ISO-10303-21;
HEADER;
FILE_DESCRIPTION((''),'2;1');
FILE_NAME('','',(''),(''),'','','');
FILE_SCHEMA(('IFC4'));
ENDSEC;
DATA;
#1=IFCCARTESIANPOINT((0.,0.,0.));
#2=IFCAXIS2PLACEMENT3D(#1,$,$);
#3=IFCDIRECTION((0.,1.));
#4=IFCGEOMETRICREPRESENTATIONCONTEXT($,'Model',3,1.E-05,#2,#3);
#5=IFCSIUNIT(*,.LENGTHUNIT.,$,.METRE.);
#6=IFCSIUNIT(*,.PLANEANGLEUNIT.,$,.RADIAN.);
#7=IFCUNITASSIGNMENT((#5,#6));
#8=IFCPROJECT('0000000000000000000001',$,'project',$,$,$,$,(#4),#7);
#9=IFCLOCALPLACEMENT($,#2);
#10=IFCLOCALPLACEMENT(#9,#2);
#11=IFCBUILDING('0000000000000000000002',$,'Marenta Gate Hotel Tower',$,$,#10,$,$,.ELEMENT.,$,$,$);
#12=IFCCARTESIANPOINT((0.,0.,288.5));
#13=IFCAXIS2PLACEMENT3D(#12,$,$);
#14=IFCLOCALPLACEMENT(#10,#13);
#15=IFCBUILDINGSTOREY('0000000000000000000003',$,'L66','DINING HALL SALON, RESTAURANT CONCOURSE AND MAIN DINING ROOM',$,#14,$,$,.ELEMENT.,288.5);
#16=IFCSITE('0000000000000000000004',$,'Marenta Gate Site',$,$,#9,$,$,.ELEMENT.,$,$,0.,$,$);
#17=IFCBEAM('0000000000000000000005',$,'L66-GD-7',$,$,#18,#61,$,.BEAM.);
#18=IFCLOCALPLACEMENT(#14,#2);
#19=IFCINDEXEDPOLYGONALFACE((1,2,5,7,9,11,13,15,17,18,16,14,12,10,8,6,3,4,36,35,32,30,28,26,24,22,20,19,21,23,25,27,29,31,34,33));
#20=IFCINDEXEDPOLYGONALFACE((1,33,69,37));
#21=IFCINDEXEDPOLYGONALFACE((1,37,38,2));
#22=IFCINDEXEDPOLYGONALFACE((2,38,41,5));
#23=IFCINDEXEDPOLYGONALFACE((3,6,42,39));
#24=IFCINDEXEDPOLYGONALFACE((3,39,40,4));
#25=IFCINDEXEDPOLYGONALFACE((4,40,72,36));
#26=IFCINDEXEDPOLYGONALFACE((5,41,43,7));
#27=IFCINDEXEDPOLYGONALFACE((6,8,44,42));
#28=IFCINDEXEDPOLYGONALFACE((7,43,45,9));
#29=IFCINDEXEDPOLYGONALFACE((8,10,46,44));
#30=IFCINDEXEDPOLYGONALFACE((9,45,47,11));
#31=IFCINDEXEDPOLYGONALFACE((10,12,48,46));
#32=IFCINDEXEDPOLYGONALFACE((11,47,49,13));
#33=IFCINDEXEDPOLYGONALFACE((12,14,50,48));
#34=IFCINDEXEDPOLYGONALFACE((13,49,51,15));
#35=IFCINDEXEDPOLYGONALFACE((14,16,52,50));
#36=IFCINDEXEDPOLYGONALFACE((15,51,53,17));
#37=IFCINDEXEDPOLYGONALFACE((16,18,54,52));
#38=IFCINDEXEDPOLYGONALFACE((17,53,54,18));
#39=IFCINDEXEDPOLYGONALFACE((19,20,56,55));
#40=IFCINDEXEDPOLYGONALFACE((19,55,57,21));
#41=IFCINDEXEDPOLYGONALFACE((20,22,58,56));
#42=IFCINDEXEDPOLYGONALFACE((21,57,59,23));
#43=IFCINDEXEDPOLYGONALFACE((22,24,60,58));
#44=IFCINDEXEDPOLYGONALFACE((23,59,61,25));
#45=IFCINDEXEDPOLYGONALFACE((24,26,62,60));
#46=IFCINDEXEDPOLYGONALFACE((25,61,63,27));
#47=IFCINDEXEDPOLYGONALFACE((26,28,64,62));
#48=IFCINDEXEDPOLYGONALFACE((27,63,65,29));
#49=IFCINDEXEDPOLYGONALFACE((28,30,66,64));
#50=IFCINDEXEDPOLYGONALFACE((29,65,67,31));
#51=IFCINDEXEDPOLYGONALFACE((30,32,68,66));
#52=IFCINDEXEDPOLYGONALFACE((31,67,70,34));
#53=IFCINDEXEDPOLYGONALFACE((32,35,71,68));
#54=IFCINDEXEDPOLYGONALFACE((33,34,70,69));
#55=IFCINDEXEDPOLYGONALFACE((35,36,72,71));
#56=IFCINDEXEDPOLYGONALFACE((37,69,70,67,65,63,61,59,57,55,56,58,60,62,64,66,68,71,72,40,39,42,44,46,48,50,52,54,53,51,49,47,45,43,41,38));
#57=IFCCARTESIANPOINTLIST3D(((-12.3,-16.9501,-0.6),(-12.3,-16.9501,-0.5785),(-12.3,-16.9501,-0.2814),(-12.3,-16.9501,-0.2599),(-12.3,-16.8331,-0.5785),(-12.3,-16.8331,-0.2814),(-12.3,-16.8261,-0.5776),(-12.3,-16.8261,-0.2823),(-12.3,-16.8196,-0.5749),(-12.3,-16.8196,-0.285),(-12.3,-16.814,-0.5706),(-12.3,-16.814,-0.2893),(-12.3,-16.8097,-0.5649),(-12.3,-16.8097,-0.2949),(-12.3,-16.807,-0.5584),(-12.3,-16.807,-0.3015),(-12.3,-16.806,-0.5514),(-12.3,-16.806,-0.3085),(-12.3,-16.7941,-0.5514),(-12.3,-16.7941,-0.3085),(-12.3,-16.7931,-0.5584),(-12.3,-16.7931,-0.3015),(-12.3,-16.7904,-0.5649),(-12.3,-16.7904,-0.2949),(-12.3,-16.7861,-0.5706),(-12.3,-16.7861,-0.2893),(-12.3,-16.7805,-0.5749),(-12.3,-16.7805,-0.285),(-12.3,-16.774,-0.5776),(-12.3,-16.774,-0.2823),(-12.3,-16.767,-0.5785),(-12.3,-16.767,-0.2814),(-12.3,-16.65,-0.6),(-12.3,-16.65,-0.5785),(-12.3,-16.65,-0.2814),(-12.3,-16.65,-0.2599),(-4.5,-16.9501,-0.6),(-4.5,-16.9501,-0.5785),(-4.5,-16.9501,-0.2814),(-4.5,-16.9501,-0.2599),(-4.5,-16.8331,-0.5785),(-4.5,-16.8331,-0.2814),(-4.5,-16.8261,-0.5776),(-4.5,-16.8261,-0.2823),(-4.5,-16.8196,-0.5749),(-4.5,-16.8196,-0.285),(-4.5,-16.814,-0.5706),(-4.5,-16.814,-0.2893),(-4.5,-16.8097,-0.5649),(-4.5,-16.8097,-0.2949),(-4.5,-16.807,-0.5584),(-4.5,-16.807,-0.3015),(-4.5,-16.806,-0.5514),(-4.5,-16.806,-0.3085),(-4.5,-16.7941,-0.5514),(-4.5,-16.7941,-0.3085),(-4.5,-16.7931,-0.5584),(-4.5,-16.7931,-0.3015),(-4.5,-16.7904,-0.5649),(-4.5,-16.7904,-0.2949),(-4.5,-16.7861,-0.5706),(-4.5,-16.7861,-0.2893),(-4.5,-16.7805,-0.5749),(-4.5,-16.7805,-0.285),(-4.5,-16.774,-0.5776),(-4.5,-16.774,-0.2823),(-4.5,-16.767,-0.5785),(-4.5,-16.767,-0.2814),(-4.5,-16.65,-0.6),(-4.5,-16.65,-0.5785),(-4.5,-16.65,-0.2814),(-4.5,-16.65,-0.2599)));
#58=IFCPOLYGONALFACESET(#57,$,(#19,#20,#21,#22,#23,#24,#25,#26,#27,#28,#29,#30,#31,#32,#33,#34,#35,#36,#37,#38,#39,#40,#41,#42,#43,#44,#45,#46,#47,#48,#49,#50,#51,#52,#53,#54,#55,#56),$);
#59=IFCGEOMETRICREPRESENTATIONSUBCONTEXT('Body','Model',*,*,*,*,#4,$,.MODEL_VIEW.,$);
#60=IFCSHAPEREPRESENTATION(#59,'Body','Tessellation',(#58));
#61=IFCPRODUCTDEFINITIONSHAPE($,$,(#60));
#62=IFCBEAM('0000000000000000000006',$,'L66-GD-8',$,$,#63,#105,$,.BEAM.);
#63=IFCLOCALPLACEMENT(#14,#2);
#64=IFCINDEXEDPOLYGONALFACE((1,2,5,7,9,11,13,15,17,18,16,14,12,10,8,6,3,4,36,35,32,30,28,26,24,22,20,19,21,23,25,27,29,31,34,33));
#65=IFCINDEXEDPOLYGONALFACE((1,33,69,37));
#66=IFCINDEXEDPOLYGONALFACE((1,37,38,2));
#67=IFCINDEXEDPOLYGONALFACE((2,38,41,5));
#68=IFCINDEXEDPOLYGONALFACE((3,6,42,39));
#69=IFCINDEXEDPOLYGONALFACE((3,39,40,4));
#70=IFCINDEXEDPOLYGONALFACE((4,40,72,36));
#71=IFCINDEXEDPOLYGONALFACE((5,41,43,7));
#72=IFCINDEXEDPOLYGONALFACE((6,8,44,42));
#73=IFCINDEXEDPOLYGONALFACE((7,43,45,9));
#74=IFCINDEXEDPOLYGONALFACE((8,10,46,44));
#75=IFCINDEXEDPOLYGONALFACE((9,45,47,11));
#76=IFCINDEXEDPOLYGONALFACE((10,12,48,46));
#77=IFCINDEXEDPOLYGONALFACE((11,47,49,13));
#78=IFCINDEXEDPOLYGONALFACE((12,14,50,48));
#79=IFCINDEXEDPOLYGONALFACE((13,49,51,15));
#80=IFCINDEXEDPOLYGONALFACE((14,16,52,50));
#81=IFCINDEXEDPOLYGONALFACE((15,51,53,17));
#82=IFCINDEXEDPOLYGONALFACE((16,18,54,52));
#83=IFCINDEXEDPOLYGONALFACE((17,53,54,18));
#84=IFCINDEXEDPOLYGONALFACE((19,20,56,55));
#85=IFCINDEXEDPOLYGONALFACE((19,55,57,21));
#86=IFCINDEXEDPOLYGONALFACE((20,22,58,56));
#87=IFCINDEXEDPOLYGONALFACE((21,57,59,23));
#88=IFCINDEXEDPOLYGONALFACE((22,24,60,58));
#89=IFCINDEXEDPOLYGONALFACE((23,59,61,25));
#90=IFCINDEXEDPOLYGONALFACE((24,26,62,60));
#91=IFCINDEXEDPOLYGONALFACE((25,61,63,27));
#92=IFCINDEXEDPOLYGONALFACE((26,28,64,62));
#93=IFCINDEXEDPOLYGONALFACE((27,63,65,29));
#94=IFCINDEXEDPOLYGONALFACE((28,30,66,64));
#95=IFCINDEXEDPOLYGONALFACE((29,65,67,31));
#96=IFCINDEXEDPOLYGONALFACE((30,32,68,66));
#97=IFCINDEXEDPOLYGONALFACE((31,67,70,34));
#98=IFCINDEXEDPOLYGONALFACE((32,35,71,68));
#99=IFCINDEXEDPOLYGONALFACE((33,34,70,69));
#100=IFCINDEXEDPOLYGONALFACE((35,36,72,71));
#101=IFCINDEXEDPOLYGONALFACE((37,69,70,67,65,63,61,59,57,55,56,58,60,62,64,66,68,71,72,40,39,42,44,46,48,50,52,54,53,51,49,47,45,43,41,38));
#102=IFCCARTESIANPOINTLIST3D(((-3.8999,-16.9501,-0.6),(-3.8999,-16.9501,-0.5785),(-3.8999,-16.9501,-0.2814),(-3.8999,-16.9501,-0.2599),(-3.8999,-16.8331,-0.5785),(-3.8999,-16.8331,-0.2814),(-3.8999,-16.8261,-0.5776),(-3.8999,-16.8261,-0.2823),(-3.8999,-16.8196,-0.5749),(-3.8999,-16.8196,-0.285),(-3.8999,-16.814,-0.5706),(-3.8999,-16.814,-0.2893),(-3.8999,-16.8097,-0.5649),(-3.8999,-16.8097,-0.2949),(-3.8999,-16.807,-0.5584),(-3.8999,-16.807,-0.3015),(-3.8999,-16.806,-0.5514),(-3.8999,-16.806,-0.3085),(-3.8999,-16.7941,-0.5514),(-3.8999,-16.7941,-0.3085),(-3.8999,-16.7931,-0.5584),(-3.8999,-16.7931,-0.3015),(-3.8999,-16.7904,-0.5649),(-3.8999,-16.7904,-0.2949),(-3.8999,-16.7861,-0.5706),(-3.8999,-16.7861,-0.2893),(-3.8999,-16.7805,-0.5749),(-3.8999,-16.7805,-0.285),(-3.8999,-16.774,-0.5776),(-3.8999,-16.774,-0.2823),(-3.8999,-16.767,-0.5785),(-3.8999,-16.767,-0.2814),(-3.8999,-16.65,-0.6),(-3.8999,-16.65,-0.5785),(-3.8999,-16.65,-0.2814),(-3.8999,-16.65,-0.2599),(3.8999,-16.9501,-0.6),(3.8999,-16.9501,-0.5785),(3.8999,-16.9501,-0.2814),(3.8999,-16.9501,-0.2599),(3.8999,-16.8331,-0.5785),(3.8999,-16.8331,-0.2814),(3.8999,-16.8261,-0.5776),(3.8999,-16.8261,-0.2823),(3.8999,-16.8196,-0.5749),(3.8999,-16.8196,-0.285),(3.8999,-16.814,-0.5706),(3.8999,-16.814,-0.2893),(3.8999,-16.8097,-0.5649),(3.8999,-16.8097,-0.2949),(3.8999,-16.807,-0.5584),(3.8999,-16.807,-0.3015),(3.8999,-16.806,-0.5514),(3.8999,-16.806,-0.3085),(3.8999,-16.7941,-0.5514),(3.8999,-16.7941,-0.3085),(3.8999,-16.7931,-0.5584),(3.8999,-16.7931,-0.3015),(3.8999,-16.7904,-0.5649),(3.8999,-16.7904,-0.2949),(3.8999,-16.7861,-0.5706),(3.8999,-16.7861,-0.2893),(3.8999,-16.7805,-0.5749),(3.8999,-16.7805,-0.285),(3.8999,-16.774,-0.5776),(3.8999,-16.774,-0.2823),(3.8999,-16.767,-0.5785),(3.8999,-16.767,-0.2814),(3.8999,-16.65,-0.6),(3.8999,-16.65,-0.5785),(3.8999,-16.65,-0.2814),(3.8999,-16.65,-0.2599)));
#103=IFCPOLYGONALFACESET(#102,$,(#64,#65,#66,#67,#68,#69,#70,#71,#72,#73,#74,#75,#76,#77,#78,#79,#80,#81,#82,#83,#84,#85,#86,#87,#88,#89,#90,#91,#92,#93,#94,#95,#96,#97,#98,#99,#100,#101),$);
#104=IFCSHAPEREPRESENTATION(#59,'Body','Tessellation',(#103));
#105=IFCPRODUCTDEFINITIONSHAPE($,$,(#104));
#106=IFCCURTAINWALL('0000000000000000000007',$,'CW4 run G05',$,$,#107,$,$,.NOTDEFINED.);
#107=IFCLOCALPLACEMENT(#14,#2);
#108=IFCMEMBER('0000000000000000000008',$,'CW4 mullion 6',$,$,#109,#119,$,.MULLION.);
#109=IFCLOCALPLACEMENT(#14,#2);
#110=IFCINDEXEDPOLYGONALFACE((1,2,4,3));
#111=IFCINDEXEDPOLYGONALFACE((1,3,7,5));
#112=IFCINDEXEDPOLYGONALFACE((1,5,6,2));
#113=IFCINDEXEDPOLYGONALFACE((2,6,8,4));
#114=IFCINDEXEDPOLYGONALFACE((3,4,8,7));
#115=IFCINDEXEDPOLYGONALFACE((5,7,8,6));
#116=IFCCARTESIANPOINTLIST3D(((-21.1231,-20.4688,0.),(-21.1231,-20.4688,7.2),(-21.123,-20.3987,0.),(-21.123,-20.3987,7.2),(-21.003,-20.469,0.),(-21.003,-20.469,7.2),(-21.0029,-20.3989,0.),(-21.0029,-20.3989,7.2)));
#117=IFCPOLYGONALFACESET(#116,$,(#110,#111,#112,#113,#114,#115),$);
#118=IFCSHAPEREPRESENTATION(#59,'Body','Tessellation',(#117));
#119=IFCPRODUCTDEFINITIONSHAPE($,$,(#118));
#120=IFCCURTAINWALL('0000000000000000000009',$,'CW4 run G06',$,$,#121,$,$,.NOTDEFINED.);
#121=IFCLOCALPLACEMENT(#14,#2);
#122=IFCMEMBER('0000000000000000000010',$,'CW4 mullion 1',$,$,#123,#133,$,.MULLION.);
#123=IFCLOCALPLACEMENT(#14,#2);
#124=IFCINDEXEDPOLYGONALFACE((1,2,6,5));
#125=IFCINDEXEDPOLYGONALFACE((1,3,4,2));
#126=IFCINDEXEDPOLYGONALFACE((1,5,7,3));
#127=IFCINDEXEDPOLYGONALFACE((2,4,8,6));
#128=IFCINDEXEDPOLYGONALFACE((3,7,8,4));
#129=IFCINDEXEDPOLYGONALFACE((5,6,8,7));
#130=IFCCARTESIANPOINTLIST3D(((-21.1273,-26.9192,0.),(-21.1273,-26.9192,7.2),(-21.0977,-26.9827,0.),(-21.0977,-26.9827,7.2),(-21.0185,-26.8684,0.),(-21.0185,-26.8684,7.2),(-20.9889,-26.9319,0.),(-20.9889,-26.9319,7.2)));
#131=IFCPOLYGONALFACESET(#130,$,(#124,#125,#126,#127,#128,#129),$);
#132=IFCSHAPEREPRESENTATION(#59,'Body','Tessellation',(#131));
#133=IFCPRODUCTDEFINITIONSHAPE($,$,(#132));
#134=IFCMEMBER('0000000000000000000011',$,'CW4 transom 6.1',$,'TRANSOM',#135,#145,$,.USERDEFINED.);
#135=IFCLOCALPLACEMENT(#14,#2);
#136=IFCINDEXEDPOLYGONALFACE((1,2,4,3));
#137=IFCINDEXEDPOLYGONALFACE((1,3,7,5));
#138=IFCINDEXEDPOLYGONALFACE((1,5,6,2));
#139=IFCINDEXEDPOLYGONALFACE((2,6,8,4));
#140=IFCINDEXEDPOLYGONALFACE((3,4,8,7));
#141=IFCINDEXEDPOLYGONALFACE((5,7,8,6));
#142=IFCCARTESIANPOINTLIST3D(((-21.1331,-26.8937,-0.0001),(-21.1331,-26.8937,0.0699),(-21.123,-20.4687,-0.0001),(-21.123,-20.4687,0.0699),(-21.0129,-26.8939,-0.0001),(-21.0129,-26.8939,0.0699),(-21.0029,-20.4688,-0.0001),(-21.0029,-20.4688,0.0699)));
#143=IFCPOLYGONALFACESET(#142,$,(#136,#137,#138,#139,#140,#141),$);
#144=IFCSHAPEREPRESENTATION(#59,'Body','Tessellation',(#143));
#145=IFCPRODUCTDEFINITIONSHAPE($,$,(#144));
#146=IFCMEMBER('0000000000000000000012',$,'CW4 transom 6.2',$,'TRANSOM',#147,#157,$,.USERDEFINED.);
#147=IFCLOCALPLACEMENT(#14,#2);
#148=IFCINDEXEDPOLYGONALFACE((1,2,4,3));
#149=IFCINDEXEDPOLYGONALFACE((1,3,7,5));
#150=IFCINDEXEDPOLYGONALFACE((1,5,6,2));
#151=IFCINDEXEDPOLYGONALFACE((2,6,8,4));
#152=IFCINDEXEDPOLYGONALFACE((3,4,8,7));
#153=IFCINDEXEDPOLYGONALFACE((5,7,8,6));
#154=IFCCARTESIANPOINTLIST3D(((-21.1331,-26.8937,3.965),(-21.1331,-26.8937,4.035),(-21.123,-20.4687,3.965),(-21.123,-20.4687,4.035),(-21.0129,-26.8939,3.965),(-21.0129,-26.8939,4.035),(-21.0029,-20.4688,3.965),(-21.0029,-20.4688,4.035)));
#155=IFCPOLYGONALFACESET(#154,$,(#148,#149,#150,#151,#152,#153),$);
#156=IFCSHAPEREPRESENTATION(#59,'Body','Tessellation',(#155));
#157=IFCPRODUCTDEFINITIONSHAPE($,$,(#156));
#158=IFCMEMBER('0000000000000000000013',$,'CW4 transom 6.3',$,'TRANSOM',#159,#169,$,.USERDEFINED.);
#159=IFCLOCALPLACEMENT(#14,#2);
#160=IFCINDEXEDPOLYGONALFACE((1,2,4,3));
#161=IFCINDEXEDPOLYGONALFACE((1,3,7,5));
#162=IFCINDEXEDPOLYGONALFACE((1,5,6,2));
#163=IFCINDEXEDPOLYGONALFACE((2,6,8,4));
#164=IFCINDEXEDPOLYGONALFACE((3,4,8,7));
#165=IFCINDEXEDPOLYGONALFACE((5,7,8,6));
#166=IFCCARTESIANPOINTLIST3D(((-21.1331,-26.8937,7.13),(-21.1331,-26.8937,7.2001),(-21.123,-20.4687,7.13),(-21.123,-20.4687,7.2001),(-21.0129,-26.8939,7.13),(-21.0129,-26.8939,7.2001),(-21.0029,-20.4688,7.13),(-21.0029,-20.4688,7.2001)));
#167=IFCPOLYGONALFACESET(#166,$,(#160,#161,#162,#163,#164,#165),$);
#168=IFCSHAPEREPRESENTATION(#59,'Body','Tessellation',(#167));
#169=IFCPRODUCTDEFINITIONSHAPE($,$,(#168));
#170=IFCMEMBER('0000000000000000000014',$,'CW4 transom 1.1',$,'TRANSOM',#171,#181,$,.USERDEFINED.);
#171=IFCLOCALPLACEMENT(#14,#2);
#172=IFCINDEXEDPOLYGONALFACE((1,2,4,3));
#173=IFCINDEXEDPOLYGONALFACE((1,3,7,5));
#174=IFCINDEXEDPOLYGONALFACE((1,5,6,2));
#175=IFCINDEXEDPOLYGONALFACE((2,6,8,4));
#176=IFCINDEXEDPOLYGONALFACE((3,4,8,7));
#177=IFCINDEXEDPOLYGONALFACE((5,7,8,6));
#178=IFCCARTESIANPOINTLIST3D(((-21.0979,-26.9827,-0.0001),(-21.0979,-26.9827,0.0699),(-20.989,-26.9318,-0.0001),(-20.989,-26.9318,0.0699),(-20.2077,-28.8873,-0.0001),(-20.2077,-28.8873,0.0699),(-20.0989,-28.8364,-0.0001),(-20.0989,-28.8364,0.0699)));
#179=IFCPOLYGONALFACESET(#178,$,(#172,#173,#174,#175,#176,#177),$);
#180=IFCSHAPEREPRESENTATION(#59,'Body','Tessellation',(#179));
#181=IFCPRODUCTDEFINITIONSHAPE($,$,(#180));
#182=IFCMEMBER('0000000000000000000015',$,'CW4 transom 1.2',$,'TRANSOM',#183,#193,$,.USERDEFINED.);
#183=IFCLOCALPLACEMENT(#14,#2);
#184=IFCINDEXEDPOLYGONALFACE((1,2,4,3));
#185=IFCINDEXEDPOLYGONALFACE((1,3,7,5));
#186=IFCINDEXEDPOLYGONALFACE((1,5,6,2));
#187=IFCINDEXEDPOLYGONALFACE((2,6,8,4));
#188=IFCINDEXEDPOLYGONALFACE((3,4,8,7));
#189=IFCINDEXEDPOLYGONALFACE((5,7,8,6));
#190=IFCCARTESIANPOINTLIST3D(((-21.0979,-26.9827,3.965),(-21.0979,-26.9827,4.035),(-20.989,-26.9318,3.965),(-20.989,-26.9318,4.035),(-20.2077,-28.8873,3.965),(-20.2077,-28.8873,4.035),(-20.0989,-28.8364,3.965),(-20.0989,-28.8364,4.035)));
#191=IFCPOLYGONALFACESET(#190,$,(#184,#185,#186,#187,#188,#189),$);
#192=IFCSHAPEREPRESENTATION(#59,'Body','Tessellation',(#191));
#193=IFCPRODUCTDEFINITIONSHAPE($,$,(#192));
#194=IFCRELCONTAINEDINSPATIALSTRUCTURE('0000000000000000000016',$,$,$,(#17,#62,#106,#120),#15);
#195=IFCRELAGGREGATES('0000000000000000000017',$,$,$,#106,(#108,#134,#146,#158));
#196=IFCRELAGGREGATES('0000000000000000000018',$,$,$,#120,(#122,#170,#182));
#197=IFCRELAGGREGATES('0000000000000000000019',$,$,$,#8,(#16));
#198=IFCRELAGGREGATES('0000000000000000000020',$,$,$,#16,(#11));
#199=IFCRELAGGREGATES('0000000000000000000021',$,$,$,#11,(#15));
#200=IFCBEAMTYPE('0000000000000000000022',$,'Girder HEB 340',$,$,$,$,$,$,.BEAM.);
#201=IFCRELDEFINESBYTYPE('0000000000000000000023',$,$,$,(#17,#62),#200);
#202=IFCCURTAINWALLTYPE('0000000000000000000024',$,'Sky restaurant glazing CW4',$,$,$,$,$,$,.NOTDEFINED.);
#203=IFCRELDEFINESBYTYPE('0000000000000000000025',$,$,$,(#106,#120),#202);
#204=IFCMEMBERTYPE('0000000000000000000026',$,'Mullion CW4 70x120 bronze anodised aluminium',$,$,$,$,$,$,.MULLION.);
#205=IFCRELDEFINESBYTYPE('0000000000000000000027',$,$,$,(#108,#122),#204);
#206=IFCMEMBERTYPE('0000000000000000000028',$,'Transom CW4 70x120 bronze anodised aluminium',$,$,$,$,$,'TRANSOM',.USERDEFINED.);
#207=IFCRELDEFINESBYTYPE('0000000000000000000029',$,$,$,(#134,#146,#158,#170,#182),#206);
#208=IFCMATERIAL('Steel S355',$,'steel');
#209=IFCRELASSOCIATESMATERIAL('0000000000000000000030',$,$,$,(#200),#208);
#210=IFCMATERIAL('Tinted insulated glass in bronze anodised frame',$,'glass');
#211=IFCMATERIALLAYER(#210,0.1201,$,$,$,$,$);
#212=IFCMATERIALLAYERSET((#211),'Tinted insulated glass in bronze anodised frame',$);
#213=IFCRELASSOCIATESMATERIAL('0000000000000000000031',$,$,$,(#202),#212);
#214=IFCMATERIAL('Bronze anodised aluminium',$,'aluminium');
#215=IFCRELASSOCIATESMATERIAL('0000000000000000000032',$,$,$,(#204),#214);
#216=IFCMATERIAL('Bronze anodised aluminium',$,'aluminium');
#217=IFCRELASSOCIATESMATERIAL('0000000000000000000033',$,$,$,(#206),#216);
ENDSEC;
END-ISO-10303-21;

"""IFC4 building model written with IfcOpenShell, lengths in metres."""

from ifc_helpers import new_model, si_unit, direction, frame, origin, origin_2d, place, context, subcontext, project, spatial, rectangle, i_section, extrude, material, layer, layer_set, material_profile, profile_set, type_object, element, aggregate, save


model = new_model("IFC4")

# Units and contexts
model_context = context("Model", 3, precision=1e-05, world=origin(), true_north=direction((0.0, 1.0)))
body_context = subcontext(model_context, "Body", "Model", "MODEL_VIEW")
ifc_project = project(units=[si_unit("LENGTHUNIT", "METRE"), si_unit("PLANEANGLEUNIT", "RADIAN")], contexts=[model_context])

# Site, building, storey
site_placement = place(None, origin())
site = spatial("IfcSite", under=ifc_project, at=site_placement, Name="Marenta Gate Site", CompositionType="ELEMENT", RefElevation=0.0)
building_placement = place(site_placement, origin())
building = spatial("IfcBuilding", under=site, at=building_placement, Name="Marenta Gate Hotel Tower", CompositionType="ELEMENT")
storey_placement = place(building_placement, frame((0.0, 0.0, 288.5)))
storey = spatial("IfcBuildingStorey", under=building, at=storey_placement, Name="L66", Description="DINING HALL SALON, RESTAURANT CONCOURSE AND MAIN DINING ROOM", CompositionType="ELEMENT", Elevation=288.5)

# Beams
ifc_material_1 = material(Name="Steel S355", Category="steel")
ifc_material_profile_1 = material_profile(ifc_material_1, i_section(OverallWidth=0.3, OverallDepth=0.3401, WebThickness=0.012, FlangeThickness=0.0215, FilletRadius=0.0271, at=origin_2d()), Name="HEB 340")
ifc_profile_set_1 = profile_set([ifc_material_profile_1], Name="Steel S355")
beam_type_1 = type_object("IfcBeamType", Name="Girder HEB 340", PredefinedType="BEAM", material=ifc_profile_set_1)
beam_1_placement = place(storey_placement, frame((-12.3, -16.8, -0.4299), z_axis=(1.0, 0.0, 0.0), x_axis=(0.0, 1.0, 0.0)))
element("IfcBeam", 1, at=beam_1_placement, inside=storey, type_object=beam_type_1, Name="L66-GD-7", PredefinedType="BEAM", context=body_context, shape_type="SweptSolid", body=[
    extrude(i_section(OverallWidth=0.3, OverallDepth=0.3401, WebThickness=0.012, FlangeThickness=0.0215, FilletRadius=0.0271, at=origin_2d()), origin(), (0.0, 0.0, 1.0), 7.8),
])
beam_2_placement = place(storey_placement, frame((-3.8999, -16.8, -0.4299), z_axis=(1.0, 0.0, 0.0), x_axis=(0.0, 1.0, 0.0)))
element("IfcBeam", 2, at=beam_2_placement, inside=storey, type_object=beam_type_1, Name="L66-GD-8", PredefinedType="BEAM", context=body_context, shape_type="SweptSolid", body=[
    extrude(i_section(OverallWidth=0.3, OverallDepth=0.3401, WebThickness=0.012, FlangeThickness=0.0215, FilletRadius=0.0271, at=origin_2d()), origin(), (0.0, 0.0, 1.0), 7.7998),
])

# Curtain walls, members
ifc_material_2 = material(Name="Tinted insulated glass in bronze anodised frame", Category="glass")
ifc_layer_1 = layer(ifc_material_2, 0.1201)
ifc_layer_set_1 = layer_set([ifc_layer_1], Name="Tinted insulated glass in bronze anodised frame")
curtain_wall_type = type_object("IfcCurtainWallType", Name="Sky restaurant glazing CW4", PredefinedType="NOTDEFINED", material=ifc_layer_set_1)
curtain_wall_1_placement = place(storey_placement, origin())
curtain_wall_1 = element("IfcCurtainWall", 3, at=curtain_wall_1_placement, inside=storey, type_object=curtain_wall_type, Name="CW4 run G05", PredefinedType="NOTDEFINED")
ifc_material_3 = material(Name="Bronze anodised aluminium", Category="aluminium")
ifc_material_profile_2 = material_profile(ifc_material_3, rectangle(XDim=0.1201, YDim=0.0701, at=origin_2d()), Name="Mullion CW4 70x120 bronze anodised aluminium")
ifc_profile_set_2 = profile_set([ifc_material_profile_2], Name="Bronze anodised aluminium")
member_type_1 = type_object("IfcMemberType", Name="Mullion CW4 70x120 bronze anodised aluminium", PredefinedType="MULLION", material=ifc_profile_set_2)
member_1_placement = place(storey_placement, frame((-21.063, -20.4338, 0.0), z_axis=(0.0, 0.0, 1.0), x_axis=(0.999999, -0.001566, 0.0)))
member_1 = element("IfcMember", 4, at=member_1_placement, type_object=member_type_1, Name="CW4 mullion 6", PredefinedType="MULLION", context=body_context, shape_type="SweptSolid", body=[
    extrude(rectangle(XDim=0.1201, YDim=0.0701, at=origin_2d()), origin(), (0.0, 0.0, 1.0), 7.2),
])
curtain_wall_2_placement = place(storey_placement, origin())
curtain_wall_2 = element("IfcCurtainWall", 5, at=curtain_wall_2_placement, inside=storey, type_object=curtain_wall_type, Name="CW4 run G06", PredefinedType="NOTDEFINED")
member_2_placement = place(storey_placement, frame((-21.0581, -26.9255, 0.0), z_axis=(0.0, 0.0, 1.0), x_axis=(0.905971, 0.423339, 0.0)))
member_2 = element("IfcMember", 6, at=member_2_placement, type_object=member_type_1, Name="CW4 mullion 1", PredefinedType="MULLION", context=body_context, shape_type="SweptSolid", body=[
    extrude(rectangle(XDim=0.1201, YDim=0.0701, at=origin_2d()), origin(), (0.0, 0.0, 1.0), 7.2),
])

# Members
ifc_material_4 = material(Name="Bronze anodised aluminium", Category="aluminium")
ifc_material_profile_3 = material_profile(ifc_material_4, rectangle(XDim=0.1201, YDim=0.0701, at=origin_2d()), Name="Transom CW4 70x120 bronze anodised aluminium")
ifc_profile_set_3 = profile_set([ifc_material_profile_3], Name="Bronze anodised aluminium")
member_type_2 = type_object("IfcMemberType", Name="Transom CW4 70x120 bronze anodised aluminium", ElementType="TRANSOM", PredefinedType="USERDEFINED", material=ifc_profile_set_3)
member_3_placement = place(storey_placement, frame((-21.063, -20.4688, 0.0349), z_axis=(-0.001558, -0.999999, 0.0), x_axis=(0.999999, -0.001558, 0.0)))
member_3 = element("IfcMember", 7, at=member_3_placement, type_object=member_type_2, Name="CW4 transom 6.1", ObjectType="TRANSOM", PredefinedType="USERDEFINED", context=body_context, shape_type="SweptSolid", body=[
    extrude(rectangle(XDim=0.1201, YDim=0.0701, at=origin_2d()), origin(), (0.0, 0.0, 1.0), 6.425),
])
member_4_placement = place(storey_placement, frame((-21.063, -20.4688, 4.0), z_axis=(-0.001558, -0.999999, 0.0), x_axis=(0.999999, -0.001558, 0.0)))
member_4 = element("IfcMember", 8, at=member_4_placement, type_object=member_type_2, Name="CW4 transom 6.2", ObjectType="TRANSOM", PredefinedType="USERDEFINED", context=body_context, shape_type="SweptSolid", body=[
    extrude(rectangle(XDim=0.1201, YDim=0.0701, at=origin_2d()), origin(), (0.0, 0.0, 1.0), 6.425),
])
member_5_placement = place(storey_placement, frame((-21.063, -20.4688, 7.165), z_axis=(-0.001558, -0.999999, 0.0), x_axis=(0.999999, -0.001558, 0.0)))
member_5 = element("IfcMember", 9, at=member_5_placement, type_object=member_type_2, Name="CW4 transom 6.3", ObjectType="TRANSOM", PredefinedType="USERDEFINED", context=body_context, shape_type="SweptSolid", body=[
    extrude(rectangle(XDim=0.1201, YDim=0.0701, at=origin_2d()), origin(), (0.0, 0.0, 1.0), 6.425),
])
member_6_placement = place(storey_placement, frame((-21.0435, -26.9573, 0.0349), z_axis=(0.423413, -0.905937, 0.0), x_axis=(0.905937, 0.423413, 0.0)))
member_6 = element("IfcMember", 10, at=member_6_placement, type_object=member_type_2, Name="CW4 transom 1.1", ObjectType="TRANSOM", PredefinedType="USERDEFINED", context=body_context, shape_type="SweptSolid", body=[
    extrude(rectangle(XDim=0.1201, YDim=0.0701, at=origin_2d()), origin(), (0.0, 0.0, 1.0), 2.1023),
])
member_7_placement = place(storey_placement, frame((-21.0435, -26.9573, 4.0), z_axis=(0.423413, -0.905937, 0.0), x_axis=(0.905937, 0.423413, 0.0)))
member_7 = element("IfcMember", 11, at=member_7_placement, type_object=member_type_2, Name="CW4 transom 1.2", ObjectType="TRANSOM", PredefinedType="USERDEFINED", context=body_context, shape_type="SweptSolid", body=[
    extrude(rectangle(XDim=0.1201, YDim=0.0701, at=origin_2d()), origin(), (0.0, 0.0, 1.0), 2.1023),
])

aggregate(curtain_wall_1, [member_1, member_3, member_4, member_5])
aggregate(curtain_wall_2, [member_2, member_6, member_7])

save(model, "model.ifc")
